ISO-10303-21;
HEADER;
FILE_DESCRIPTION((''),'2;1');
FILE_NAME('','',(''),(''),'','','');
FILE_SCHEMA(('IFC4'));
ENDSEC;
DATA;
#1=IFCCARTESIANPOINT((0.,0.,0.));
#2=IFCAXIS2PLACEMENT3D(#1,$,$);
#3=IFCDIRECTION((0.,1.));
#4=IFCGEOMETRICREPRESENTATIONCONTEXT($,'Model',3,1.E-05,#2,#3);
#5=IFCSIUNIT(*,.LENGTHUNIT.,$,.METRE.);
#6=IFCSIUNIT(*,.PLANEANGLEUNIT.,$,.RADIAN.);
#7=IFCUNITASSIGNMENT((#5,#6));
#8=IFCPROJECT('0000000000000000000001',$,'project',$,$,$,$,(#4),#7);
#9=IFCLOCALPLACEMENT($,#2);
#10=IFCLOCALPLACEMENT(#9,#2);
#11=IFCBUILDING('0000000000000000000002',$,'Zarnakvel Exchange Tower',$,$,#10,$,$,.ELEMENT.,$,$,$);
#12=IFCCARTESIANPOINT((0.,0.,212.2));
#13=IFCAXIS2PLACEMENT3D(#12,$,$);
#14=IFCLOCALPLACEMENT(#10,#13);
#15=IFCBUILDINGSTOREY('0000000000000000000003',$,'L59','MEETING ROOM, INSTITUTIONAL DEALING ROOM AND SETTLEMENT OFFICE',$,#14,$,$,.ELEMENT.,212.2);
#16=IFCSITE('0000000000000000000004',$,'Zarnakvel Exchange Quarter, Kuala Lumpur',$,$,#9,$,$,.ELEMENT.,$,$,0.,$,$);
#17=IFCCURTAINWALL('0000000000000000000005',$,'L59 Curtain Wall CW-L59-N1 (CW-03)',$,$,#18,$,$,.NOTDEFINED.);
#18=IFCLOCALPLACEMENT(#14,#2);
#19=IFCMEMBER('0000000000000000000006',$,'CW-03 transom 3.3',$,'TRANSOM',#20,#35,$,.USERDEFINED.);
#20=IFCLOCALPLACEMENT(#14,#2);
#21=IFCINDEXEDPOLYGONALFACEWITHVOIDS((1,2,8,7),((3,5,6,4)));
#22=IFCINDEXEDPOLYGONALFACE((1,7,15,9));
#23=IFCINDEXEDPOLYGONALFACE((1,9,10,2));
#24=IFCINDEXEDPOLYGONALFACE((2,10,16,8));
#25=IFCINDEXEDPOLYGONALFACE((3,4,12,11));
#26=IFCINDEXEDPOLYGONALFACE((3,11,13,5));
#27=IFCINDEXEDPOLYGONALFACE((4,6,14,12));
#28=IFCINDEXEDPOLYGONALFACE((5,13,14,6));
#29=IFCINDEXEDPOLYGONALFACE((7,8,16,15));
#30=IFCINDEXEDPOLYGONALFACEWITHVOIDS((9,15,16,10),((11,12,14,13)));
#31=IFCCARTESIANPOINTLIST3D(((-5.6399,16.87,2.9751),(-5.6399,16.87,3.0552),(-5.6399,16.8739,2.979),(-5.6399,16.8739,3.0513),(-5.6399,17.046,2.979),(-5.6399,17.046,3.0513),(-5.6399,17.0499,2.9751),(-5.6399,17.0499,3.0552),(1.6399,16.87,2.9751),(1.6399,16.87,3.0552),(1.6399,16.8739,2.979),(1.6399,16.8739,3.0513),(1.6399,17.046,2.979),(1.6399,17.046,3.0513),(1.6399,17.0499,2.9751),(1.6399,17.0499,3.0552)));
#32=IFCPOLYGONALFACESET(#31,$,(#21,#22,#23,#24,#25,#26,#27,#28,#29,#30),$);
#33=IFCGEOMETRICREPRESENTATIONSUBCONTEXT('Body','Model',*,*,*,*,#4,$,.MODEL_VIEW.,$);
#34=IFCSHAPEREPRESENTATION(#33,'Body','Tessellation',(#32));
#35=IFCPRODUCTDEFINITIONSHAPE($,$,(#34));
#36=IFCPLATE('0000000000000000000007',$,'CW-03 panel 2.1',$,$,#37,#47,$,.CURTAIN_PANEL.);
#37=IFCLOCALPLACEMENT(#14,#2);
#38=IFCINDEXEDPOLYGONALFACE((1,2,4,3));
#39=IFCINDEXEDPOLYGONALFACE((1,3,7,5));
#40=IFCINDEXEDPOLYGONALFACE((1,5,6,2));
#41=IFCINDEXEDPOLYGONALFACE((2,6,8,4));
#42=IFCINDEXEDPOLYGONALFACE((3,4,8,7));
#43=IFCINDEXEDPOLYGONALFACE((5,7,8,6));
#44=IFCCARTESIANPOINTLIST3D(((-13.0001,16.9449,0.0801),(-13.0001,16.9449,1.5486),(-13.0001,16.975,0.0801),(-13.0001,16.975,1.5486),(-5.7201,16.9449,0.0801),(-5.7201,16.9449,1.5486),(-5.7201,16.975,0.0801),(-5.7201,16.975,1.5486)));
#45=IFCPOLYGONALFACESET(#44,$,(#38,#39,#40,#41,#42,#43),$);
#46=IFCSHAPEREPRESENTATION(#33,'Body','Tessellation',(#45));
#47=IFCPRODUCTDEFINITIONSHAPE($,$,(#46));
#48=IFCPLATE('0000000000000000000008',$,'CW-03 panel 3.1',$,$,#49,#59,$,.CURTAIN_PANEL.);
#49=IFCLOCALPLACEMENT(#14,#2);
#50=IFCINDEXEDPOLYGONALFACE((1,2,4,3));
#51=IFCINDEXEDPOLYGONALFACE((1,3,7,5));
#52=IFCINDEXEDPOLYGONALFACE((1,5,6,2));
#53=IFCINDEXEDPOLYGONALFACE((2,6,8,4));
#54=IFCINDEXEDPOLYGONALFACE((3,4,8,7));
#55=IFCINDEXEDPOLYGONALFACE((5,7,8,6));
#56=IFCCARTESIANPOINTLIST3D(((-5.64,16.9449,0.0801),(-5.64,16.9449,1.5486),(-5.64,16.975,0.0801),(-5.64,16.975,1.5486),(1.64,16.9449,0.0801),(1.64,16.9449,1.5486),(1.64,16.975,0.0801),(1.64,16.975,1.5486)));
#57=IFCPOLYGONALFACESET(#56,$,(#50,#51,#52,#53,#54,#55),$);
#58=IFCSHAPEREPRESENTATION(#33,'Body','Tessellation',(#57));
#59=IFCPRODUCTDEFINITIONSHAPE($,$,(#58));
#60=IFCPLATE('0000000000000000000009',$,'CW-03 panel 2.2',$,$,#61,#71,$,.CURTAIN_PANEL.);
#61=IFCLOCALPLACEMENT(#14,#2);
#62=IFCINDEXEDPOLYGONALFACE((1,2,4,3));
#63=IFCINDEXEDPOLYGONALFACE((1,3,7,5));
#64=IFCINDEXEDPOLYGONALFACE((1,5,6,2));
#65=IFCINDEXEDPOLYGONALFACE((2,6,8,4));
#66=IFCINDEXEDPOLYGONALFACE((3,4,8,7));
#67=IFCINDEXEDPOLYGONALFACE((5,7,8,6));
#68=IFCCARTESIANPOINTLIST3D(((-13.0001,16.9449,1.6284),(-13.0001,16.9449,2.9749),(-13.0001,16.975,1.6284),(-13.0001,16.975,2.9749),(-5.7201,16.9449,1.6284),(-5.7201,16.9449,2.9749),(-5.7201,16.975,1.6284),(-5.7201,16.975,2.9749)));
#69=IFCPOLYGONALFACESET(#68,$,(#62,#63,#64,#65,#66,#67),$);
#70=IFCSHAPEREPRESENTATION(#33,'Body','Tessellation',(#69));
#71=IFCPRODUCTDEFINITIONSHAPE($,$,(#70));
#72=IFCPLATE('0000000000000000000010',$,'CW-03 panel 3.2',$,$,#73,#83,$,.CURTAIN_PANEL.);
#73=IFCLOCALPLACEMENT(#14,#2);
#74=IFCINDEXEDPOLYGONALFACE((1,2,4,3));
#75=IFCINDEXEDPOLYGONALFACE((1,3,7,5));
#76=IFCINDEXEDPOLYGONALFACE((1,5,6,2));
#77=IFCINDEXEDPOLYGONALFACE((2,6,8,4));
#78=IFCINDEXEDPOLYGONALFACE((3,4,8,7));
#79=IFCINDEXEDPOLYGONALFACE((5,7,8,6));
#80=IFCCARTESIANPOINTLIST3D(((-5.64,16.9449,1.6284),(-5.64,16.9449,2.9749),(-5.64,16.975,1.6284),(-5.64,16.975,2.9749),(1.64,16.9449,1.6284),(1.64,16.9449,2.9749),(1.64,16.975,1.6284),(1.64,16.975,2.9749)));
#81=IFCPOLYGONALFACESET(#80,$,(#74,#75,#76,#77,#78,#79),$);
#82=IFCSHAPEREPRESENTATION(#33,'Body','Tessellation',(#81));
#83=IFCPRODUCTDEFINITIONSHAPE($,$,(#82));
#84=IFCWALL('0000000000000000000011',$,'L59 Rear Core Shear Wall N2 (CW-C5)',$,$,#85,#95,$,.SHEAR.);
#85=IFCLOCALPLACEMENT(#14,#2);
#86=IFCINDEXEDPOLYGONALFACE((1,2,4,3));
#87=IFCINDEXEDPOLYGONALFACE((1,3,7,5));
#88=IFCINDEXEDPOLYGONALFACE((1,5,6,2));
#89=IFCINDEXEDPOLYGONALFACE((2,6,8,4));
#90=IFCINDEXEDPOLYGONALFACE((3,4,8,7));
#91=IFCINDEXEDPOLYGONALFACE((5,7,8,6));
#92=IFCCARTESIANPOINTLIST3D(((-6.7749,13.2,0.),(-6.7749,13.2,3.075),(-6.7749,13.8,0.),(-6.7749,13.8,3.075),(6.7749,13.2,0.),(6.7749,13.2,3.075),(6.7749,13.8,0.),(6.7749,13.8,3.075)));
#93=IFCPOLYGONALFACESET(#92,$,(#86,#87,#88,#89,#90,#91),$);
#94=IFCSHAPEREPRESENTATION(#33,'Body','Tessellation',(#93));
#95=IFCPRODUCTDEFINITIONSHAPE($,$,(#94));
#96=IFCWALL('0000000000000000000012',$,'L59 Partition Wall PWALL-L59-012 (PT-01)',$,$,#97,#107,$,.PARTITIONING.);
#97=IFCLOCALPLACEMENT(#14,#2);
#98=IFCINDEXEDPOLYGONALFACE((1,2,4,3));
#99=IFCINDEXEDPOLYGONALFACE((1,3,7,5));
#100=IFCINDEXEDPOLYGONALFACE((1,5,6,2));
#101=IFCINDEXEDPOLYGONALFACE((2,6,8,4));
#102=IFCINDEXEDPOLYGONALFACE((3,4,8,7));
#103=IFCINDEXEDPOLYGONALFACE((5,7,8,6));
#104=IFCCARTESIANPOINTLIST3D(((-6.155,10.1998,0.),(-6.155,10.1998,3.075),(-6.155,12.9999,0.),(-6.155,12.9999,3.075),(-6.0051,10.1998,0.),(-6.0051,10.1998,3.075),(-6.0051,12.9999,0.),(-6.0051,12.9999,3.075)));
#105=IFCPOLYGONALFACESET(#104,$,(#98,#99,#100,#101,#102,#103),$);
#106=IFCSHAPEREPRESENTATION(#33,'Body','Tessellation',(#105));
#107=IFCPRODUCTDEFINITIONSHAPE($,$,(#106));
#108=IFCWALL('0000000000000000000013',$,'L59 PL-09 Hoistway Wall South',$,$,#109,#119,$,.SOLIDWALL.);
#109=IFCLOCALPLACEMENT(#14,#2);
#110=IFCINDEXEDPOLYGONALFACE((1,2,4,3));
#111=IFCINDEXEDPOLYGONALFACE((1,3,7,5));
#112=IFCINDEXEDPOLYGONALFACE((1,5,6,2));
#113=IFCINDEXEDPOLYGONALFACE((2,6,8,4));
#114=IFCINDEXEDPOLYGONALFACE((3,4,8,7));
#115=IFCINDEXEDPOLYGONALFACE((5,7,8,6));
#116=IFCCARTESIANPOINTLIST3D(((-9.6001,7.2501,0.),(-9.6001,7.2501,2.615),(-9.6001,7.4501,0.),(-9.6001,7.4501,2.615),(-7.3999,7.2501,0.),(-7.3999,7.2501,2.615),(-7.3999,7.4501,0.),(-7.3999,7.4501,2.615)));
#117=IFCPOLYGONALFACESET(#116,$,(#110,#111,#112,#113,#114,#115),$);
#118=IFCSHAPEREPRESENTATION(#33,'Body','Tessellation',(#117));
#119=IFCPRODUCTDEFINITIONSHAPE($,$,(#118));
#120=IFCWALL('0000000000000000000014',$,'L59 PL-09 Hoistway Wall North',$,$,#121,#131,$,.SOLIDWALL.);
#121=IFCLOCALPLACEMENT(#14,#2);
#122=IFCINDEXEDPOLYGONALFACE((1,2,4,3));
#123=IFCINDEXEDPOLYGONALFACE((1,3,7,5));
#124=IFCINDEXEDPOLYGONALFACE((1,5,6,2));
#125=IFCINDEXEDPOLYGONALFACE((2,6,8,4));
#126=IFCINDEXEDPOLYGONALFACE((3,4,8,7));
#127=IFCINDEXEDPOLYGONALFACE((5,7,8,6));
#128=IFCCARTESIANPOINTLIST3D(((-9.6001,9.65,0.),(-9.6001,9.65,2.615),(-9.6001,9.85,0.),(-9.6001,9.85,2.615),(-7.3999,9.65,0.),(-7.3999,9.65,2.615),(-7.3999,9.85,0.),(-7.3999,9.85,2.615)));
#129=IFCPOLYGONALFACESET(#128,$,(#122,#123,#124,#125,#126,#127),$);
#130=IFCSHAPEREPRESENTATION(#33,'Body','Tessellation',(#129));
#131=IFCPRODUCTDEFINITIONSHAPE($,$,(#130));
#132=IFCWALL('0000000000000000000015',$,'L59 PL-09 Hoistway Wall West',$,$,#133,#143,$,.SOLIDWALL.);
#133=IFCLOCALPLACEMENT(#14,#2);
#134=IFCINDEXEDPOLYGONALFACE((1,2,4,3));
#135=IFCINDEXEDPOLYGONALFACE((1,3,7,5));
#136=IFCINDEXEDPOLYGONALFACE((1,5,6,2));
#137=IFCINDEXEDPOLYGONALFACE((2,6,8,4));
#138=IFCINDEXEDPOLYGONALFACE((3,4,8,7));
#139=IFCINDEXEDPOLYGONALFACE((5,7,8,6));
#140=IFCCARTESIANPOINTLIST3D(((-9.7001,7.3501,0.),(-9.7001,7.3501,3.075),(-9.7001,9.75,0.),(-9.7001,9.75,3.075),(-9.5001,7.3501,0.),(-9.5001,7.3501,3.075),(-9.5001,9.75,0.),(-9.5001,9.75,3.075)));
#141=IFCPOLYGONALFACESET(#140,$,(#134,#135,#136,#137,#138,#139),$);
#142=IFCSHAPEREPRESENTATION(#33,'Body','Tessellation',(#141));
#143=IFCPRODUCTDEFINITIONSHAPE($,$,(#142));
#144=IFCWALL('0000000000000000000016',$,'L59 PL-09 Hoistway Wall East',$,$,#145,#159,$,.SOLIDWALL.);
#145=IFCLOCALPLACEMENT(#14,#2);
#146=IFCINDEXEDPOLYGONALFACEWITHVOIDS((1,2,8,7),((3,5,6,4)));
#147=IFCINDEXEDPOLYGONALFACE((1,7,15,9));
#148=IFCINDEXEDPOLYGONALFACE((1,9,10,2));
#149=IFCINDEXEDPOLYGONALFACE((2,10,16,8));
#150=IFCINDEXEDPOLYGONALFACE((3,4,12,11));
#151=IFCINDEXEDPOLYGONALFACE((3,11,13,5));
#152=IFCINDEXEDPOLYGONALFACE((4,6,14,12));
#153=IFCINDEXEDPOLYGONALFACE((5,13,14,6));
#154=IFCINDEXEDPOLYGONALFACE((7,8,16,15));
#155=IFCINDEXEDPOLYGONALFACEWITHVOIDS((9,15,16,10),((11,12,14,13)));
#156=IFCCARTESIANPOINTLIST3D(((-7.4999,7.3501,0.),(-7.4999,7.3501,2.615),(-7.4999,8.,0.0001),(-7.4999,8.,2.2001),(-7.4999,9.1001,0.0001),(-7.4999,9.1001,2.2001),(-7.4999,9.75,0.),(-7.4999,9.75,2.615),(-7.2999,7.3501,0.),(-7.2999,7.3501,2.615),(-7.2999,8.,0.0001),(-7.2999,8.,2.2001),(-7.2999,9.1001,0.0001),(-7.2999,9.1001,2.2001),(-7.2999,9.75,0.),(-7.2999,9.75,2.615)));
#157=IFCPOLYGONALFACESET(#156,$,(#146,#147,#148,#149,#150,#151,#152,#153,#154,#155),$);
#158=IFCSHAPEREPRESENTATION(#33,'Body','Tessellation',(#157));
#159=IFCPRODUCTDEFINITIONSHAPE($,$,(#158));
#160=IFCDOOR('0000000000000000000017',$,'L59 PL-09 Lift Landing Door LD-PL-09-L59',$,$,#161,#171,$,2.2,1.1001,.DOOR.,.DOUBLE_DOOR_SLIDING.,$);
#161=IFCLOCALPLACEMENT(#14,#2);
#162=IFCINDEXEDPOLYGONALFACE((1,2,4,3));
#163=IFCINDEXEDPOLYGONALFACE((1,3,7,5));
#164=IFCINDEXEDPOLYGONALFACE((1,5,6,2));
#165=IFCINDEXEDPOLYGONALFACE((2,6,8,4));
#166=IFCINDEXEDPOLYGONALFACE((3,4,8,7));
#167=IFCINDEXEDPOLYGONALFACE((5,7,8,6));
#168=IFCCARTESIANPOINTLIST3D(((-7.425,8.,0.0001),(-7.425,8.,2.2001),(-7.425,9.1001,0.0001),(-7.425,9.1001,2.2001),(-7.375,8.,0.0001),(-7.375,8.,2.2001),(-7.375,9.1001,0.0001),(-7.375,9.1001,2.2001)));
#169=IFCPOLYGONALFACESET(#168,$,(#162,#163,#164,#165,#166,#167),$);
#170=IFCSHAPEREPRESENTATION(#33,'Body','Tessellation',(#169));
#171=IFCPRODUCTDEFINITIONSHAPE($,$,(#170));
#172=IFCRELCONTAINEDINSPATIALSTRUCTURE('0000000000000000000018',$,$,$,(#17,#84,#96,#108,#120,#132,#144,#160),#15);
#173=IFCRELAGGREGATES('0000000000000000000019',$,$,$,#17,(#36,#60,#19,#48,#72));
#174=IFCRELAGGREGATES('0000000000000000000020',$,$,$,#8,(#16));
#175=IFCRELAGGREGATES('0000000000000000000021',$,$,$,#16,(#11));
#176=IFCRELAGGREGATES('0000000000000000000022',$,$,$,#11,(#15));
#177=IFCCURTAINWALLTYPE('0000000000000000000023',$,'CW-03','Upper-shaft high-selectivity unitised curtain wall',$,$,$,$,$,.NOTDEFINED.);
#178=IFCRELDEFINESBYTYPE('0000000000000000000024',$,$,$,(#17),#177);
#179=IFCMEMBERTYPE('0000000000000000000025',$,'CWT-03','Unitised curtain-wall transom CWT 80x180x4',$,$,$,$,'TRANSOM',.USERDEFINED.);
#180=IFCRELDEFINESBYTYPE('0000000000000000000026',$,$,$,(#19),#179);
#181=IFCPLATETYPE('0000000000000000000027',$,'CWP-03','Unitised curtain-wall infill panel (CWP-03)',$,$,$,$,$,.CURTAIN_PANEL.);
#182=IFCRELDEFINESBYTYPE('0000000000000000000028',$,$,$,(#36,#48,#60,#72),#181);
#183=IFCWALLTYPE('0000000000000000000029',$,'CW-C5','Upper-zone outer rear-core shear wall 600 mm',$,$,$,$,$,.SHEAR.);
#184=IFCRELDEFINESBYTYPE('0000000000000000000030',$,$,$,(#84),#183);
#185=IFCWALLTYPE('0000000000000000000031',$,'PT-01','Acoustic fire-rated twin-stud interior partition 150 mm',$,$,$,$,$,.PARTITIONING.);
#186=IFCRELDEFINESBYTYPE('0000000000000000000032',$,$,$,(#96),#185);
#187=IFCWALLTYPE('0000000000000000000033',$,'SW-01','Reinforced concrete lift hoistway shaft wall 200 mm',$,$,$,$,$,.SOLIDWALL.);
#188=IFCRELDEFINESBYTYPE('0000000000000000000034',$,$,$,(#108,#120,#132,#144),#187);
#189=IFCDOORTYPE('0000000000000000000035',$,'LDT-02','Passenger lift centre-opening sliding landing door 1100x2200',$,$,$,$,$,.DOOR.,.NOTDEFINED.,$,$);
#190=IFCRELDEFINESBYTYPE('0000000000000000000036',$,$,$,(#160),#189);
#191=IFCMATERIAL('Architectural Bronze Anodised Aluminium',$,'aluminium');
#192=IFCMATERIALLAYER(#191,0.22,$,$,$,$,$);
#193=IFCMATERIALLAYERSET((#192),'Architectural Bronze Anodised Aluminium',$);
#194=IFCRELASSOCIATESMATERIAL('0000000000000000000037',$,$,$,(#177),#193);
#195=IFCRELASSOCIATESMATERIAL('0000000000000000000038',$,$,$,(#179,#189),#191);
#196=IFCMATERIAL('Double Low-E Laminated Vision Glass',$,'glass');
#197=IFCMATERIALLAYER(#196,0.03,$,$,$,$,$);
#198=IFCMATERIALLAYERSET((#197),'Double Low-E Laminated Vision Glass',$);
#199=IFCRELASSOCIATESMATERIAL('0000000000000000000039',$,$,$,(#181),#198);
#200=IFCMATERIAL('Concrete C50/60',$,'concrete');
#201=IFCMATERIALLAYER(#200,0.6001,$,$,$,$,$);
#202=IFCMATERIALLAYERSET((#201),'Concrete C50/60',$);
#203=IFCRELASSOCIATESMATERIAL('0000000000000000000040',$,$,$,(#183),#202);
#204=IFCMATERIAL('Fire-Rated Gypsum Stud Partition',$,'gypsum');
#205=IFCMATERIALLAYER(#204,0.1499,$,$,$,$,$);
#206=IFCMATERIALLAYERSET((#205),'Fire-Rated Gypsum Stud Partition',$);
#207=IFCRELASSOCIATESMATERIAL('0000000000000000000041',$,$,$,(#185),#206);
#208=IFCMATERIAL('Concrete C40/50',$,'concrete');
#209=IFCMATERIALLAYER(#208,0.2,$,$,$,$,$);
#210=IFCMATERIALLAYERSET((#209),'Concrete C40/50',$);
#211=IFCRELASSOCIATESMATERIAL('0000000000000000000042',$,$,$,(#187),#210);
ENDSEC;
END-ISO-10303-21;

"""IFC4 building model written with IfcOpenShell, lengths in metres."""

from ifc_helpers import new_model, si_unit, direction, frame, frame_2d, origin, origin_2d, place, context, subcontext, project, spatial, rectangle, hollow_rectangle, extrude, source, transform, mapped, material, layer, layer_set, material_profile, profile_set, type_object, element, fill, aggregate, save


model = new_model("IFC4")

# Units and contexts
model_context = context("Model", 3, precision=1e-05, world=origin(), true_north=direction((0.0, 1.0)))
body_context = subcontext(model_context, "Body", "Model", "MODEL_VIEW")
ifc_project = project(units=[si_unit("LENGTHUNIT", "METRE"), si_unit("PLANEANGLEUNIT", "RADIAN")], contexts=[model_context])

# Site, building, storey
site_placement = place(None, origin())
site = spatial("IfcSite", under=ifc_project, at=site_placement, Name="Zarnakvel Exchange Quarter, Kuala Lumpur", CompositionType="ELEMENT", RefElevation=0.0)
building_placement = place(site_placement, origin())
building = spatial("IfcBuilding", under=site, at=building_placement, Name="Zarnakvel Exchange Tower", CompositionType="ELEMENT")
storey_placement = place(building_placement, frame((0.0, 0.0, 212.2)))
storey = spatial("IfcBuildingStorey", under=building, at=storey_placement, Name="L59", Description="MEETING ROOM, INSTITUTIONAL DEALING ROOM AND SETTLEMENT OFFICE", CompositionType="ELEMENT", Elevation=212.2)

# Shared definitions
ifc_material_1 = material(Name="Concrete C50/60", Category="concrete")

# Curtain wall, member, plates
ifc_material_2 = material(Name="Architectural Bronze Anodised Aluminium", Category="aluminium")
ifc_layer_1 = layer(ifc_material_2, 0.22)
ifc_layer_set_1 = layer_set([ifc_layer_1], Name="Architectural Bronze Anodised Aluminium")
curtain_wall_type = type_object("IfcCurtainWallType", Name="CW-03", Description="Upper-shaft high-selectivity unitised curtain wall", PredefinedType="NOTDEFINED", material=ifc_layer_set_1)
curtain_wall_placement = place(storey_placement, origin())
curtain_wall = element("IfcCurtainWall", 1, at=curtain_wall_placement, inside=storey, type_object=curtain_wall_type, Name="L59 Curtain Wall CW-L59-N1 (CW-03)", PredefinedType="NOTDEFINED")
ifc_material_profile_1 = material_profile(ifc_material_2, hollow_rectangle(XDim=0.1799, YDim=0.0801, WallThickness=0.0039, at=origin_2d()))
ifc_profile_set_1 = profile_set([ifc_material_profile_1], Name="Architectural Bronze Anodised Aluminium")
member_type_1 = type_object("IfcMemberType", Name="CWT-03", Description="Unitised curtain-wall transom CWT 80x180x4", ElementType="TRANSOM", PredefinedType="USERDEFINED", material=ifc_profile_set_1)
shared_shape_1 = source(origin(), body_context, "Body", "SweptSolid", [
    extrude(hollow_rectangle(XDim=0.1799, YDim=0.0801, WallThickness=0.0039, at=origin_2d()), origin(), (0.0, 0.0, 1.0), 7.2798),
])
member_1_placement = place(storey_placement, frame((-5.6399, 16.96, 3.0151), z_axis=(1.0, 0.0, 0.0), x_axis=(0.0, 1.0, 0.0)))
member_1 = element("IfcMember", 2, at=member_1_placement, type_object=member_type_1, Name="CW-03 transom 3.3", ObjectType="TRANSOM", PredefinedType="USERDEFINED", context=body_context, shape_type="MappedRepresentation", body=[
    mapped(shared_shape_1, transform((0.0, 0.0, 0.0), x_axis=(1.0, 0.0, 0.0), y_axis=(0.0, 1.0, 0.0), z_axis=(0.0, 0.0, 1.0), scale=1.0)),
])
ifc_material_3 = material(Name="Double Low-E Laminated Vision Glass", Category="glass")
ifc_layer_2 = layer(ifc_material_3, 0.03)
ifc_layer_set_2 = layer_set([ifc_layer_2], Name="Double Low-E Laminated Vision Glass")
plate_type = type_object("IfcPlateType", Name="CWP-03", Description="Unitised curtain-wall infill panel (CWP-03)", PredefinedType="CURTAIN_PANEL", material=ifc_layer_set_2)
shared_shape_2 = source(origin(), body_context, "Body", "SweptSolid", [
    extrude(rectangle(XDim=7.28, YDim=0.03, at=origin_2d()), origin(), (0.0, 0.0, 1.0), 1.4685),
])
plate_1_placement = place(storey_placement, frame((-9.3601, 16.96, 0.0801), z_axis=(0.0, 0.0, 1.0), x_axis=(1.0, 0.0, 0.0)))
plate_1 = element("IfcPlate", 3, at=plate_1_placement, type_object=plate_type, Name="CW-03 panel 2.1", PredefinedType="CURTAIN_PANEL", context=body_context, shape_type="MappedRepresentation", body=[
    mapped(shared_shape_2, transform((0.0, 0.0, 0.0), x_axis=(1.0, 0.0, 0.0), y_axis=(0.0, 1.0, 0.0), z_axis=(0.0, 0.0, 1.0), scale=1.0)),
])
plate_2_placement = place(storey_placement, frame((-2.0, 16.96, 0.0801), z_axis=(0.0, 0.0, 1.0), x_axis=(1.0, 0.0, 0.0)))
plate_2 = element("IfcPlate", 4, at=plate_2_placement, type_object=plate_type, Name="CW-03 panel 3.1", PredefinedType="CURTAIN_PANEL", context=body_context, shape_type="MappedRepresentation", body=[
    mapped(shared_shape_2, transform((0.0, 0.0, 0.0), x_axis=(1.0, 0.0, 0.0), y_axis=(0.0, 1.0, 0.0), z_axis=(0.0, 0.0, 1.0), scale=1.0)),
])
shared_shape_3 = source(origin(), body_context, "Body", "SweptSolid", [
    extrude(rectangle(XDim=7.28, YDim=0.03, at=origin_2d()), origin(), (0.0, 0.0, 1.0), 1.3464),
])
plate_3_placement = place(storey_placement, frame((-9.3601, 16.96, 1.6284), z_axis=(0.0, 0.0, 1.0), x_axis=(1.0, 0.0, 0.0)))
plate_3 = element("IfcPlate", 5, at=plate_3_placement, type_object=plate_type, Name="CW-03 panel 2.2", PredefinedType="CURTAIN_PANEL", context=body_context, shape_type="MappedRepresentation", body=[
    mapped(shared_shape_3, transform((0.0, 0.0, 0.0), x_axis=(1.0, 0.0, 0.0), y_axis=(0.0, 1.0, 0.0), z_axis=(0.0, 0.0, 1.0), scale=1.0)),
])
plate_4_placement = place(storey_placement, frame((-2.0, 16.96, 1.6284), z_axis=(0.0, 0.0, 1.0), x_axis=(1.0, 0.0, 0.0)))
plate_4 = element("IfcPlate", 6, at=plate_4_placement, type_object=plate_type, Name="CW-03 panel 3.2", PredefinedType="CURTAIN_PANEL", context=body_context, shape_type="MappedRepresentation", body=[
    mapped(shared_shape_3, transform((0.0, 0.0, 0.0), x_axis=(1.0, 0.0, 0.0), y_axis=(0.0, 1.0, 0.0), z_axis=(0.0, 0.0, 1.0), scale=1.0)),
])
aggregate(curtain_wall, [plate_1, plate_3, member_1, plate_2, plate_4])

# Walls
ifc_layer_3 = layer(ifc_material_1, 0.6001)
ifc_layer_set_3 = layer_set([ifc_layer_3], Name="Concrete C50/60")
wall_type_1 = type_object("IfcWallType", Name="CW-C5", Description="Upper-zone outer rear-core shear wall 600 mm", PredefinedType="SHEAR", material=ifc_layer_set_3)
wall_1_placement = place(storey_placement, frame((-6.7749, 13.5, 0.0), z_axis=(0.0, 0.0, 1.0), x_axis=(1.0, 0.0, 0.0)))
element("IfcWall", 7, at=wall_1_placement, inside=storey, type_object=wall_type_1, Name="L59 Rear Core Shear Wall N2 (CW-C5)", PredefinedType="SHEAR", context=body_context, shape_type="SweptSolid", body=[
    extrude(rectangle(XDim=13.5498, YDim=0.6001, at=frame_2d((6.7749, 0.0))), origin(), (0.0, 0.0, 1.0), 3.075),
])
ifc_material_4 = material(Name="Fire-Rated Gypsum Stud Partition", Category="gypsum")
ifc_layer_4 = layer(ifc_material_4, 0.1499)
ifc_layer_set_4 = layer_set([ifc_layer_4], Name="Fire-Rated Gypsum Stud Partition")
wall_type_2 = type_object("IfcWallType", Name="PT-01", Description="Acoustic fire-rated twin-stud interior partition 150 mm", PredefinedType="PARTITIONING", material=ifc_layer_set_4)
wall_2_placement = place(storey_placement, frame((-6.0801, 10.2, 0.0), z_axis=(0.0, 0.0, 1.0), x_axis=(0.0, 1.0, 0.0)))
element("IfcWall", 8, at=wall_2_placement, inside=storey, type_object=wall_type_2, Name="L59 Partition Wall PWALL-L59-012 (PT-01)", PredefinedType="PARTITIONING", context=body_context, shape_type="SweptSolid", body=[
    extrude(rectangle(XDim=2.8, YDim=0.1499, at=frame_2d((1.3999, 0.0))), origin(), (0.0, 0.0, 1.0), 3.075),
])
ifc_material_5 = material(Name="Concrete C40/50", Category="concrete")
ifc_layer_5 = layer(ifc_material_5, 0.2)
ifc_layer_set_5 = layer_set([ifc_layer_5], Name="Concrete C40/50")
wall_type_3 = type_object("IfcWallType", Name="SW-01", Description="Reinforced concrete lift hoistway shaft wall 200 mm", PredefinedType="SOLIDWALL", material=ifc_layer_set_5)
for number, where, z_axis, x_axis, name in (
    (9, (-7.3999, 7.3501, 0.0), (0.0, 0.0, 1.0), (-1.0, 0.0, 0.0), "L59 PL-09 Hoistway Wall South"),
    (10, (-9.6001, 9.75, 0.0), (0.0, 0.0, 1.0), (1.0, 0.0, 0.0), "L59 PL-09 Hoistway Wall North"),
):
    element("IfcWall", number, at=place(storey_placement, frame(where, z_axis=z_axis, x_axis=x_axis)), inside=storey, type_object=wall_type_3, Name=name, PredefinedType="SOLIDWALL", context=body_context, shape_type="SweptSolid", body=[
        extrude(rectangle(XDim=2.2002, YDim=0.2, at=frame_2d((1.1001, 0.0))), origin(), (0.0, 0.0, 1.0), 2.615),
    ])
wall_3_placement = place(storey_placement, frame((-9.6001, 7.3501, 0.0), z_axis=(0.0, 0.0, 1.0), x_axis=(0.0, 1.0, 0.0)))
element("IfcWall", 11, at=wall_3_placement, inside=storey, type_object=wall_type_3, Name="L59 PL-09 Hoistway Wall West", PredefinedType="SOLIDWALL", context=body_context, shape_type="SweptSolid", body=[
    extrude(rectangle(XDim=2.3999, YDim=0.2, at=frame_2d((1.2, 0.0))), origin(), (0.0, 0.0, 1.0), 3.075),
])

# Wall, opening, door
wall_4_placement = place(storey_placement, frame((-7.3999, 9.75, 0.0), z_axis=(0.0, 0.0, 1.0), x_axis=(0.0, -1.0, 0.0)))
wall_4 = element("IfcWall", 12, at=wall_4_placement, inside=storey, type_object=wall_type_3, Name="L59 PL-09 Hoistway Wall East", PredefinedType="SOLIDWALL", context=body_context, shape_type="SweptSolid", body=[
    extrude(rectangle(XDim=2.3999, YDim=0.2, at=frame_2d((1.2, 0.0))), origin(), (0.0, 0.0, 1.0), 2.615),
])
opening_1_placement = place(wall_4_placement, frame((0.6499, 0.0, 0.0)))
opening_1 = element("IfcOpeningElement", 13, at=opening_1_placement, cuts=wall_4, PredefinedType="OPENING", context=body_context, shape_type="SweptSolid", body=[
    extrude(rectangle(XDim=1.1001, YDim=2.2, at=frame_2d((0.55, 1.1001))), frame((0.0, 0.1099, 0.0), z_axis=(0.0, -1.0, 0.0), x_axis=(1.0, 0.0, 0.0)), (0.0, 0.0, 1.0), 0.22),
])
door_type = type_object("IfcDoorType", Name="LDT-02", Description="Passenger lift centre-opening sliding landing door 1100x2200", OperationType="NOTDEFINED", PredefinedType="DOOR", material=ifc_material_2)
shared_shape_4 = source(origin(), body_context, "Body", "SweptSolid", [
    extrude(rectangle(XDim=1.1001, YDim=2.2, at=frame_2d((0.55, 1.1001))), frame((0.0, 0.0249, 0.0), z_axis=(0.0, -1.0, 0.0), x_axis=(1.0, 0.0, 0.0)), (0.0, 0.0, 1.0), 0.05),
])
door_1_placement = place(opening_1_placement, origin())
door_1 = element("IfcDoor", 14, at=door_1_placement, inside=storey, type_object=door_type, Name="L59 PL-09 Lift Landing Door LD-PL-09-L59", OperationType="DOUBLE_DOOR_SLIDING", OverallHeight=2.2, OverallWidth=1.1001, PredefinedType="DOOR", context=body_context, shape_type="MappedRepresentation", body=[
    mapped(shared_shape_4, transform((0.0, 0.0, 0.0), x_axis=(1.0, 0.0, 0.0), y_axis=(0.0, 1.0, 0.0), z_axis=(0.0, 0.0, 1.0), scale=1.0)),
])
fill(opening_1, door_1)

save(model, "model.ifc")
